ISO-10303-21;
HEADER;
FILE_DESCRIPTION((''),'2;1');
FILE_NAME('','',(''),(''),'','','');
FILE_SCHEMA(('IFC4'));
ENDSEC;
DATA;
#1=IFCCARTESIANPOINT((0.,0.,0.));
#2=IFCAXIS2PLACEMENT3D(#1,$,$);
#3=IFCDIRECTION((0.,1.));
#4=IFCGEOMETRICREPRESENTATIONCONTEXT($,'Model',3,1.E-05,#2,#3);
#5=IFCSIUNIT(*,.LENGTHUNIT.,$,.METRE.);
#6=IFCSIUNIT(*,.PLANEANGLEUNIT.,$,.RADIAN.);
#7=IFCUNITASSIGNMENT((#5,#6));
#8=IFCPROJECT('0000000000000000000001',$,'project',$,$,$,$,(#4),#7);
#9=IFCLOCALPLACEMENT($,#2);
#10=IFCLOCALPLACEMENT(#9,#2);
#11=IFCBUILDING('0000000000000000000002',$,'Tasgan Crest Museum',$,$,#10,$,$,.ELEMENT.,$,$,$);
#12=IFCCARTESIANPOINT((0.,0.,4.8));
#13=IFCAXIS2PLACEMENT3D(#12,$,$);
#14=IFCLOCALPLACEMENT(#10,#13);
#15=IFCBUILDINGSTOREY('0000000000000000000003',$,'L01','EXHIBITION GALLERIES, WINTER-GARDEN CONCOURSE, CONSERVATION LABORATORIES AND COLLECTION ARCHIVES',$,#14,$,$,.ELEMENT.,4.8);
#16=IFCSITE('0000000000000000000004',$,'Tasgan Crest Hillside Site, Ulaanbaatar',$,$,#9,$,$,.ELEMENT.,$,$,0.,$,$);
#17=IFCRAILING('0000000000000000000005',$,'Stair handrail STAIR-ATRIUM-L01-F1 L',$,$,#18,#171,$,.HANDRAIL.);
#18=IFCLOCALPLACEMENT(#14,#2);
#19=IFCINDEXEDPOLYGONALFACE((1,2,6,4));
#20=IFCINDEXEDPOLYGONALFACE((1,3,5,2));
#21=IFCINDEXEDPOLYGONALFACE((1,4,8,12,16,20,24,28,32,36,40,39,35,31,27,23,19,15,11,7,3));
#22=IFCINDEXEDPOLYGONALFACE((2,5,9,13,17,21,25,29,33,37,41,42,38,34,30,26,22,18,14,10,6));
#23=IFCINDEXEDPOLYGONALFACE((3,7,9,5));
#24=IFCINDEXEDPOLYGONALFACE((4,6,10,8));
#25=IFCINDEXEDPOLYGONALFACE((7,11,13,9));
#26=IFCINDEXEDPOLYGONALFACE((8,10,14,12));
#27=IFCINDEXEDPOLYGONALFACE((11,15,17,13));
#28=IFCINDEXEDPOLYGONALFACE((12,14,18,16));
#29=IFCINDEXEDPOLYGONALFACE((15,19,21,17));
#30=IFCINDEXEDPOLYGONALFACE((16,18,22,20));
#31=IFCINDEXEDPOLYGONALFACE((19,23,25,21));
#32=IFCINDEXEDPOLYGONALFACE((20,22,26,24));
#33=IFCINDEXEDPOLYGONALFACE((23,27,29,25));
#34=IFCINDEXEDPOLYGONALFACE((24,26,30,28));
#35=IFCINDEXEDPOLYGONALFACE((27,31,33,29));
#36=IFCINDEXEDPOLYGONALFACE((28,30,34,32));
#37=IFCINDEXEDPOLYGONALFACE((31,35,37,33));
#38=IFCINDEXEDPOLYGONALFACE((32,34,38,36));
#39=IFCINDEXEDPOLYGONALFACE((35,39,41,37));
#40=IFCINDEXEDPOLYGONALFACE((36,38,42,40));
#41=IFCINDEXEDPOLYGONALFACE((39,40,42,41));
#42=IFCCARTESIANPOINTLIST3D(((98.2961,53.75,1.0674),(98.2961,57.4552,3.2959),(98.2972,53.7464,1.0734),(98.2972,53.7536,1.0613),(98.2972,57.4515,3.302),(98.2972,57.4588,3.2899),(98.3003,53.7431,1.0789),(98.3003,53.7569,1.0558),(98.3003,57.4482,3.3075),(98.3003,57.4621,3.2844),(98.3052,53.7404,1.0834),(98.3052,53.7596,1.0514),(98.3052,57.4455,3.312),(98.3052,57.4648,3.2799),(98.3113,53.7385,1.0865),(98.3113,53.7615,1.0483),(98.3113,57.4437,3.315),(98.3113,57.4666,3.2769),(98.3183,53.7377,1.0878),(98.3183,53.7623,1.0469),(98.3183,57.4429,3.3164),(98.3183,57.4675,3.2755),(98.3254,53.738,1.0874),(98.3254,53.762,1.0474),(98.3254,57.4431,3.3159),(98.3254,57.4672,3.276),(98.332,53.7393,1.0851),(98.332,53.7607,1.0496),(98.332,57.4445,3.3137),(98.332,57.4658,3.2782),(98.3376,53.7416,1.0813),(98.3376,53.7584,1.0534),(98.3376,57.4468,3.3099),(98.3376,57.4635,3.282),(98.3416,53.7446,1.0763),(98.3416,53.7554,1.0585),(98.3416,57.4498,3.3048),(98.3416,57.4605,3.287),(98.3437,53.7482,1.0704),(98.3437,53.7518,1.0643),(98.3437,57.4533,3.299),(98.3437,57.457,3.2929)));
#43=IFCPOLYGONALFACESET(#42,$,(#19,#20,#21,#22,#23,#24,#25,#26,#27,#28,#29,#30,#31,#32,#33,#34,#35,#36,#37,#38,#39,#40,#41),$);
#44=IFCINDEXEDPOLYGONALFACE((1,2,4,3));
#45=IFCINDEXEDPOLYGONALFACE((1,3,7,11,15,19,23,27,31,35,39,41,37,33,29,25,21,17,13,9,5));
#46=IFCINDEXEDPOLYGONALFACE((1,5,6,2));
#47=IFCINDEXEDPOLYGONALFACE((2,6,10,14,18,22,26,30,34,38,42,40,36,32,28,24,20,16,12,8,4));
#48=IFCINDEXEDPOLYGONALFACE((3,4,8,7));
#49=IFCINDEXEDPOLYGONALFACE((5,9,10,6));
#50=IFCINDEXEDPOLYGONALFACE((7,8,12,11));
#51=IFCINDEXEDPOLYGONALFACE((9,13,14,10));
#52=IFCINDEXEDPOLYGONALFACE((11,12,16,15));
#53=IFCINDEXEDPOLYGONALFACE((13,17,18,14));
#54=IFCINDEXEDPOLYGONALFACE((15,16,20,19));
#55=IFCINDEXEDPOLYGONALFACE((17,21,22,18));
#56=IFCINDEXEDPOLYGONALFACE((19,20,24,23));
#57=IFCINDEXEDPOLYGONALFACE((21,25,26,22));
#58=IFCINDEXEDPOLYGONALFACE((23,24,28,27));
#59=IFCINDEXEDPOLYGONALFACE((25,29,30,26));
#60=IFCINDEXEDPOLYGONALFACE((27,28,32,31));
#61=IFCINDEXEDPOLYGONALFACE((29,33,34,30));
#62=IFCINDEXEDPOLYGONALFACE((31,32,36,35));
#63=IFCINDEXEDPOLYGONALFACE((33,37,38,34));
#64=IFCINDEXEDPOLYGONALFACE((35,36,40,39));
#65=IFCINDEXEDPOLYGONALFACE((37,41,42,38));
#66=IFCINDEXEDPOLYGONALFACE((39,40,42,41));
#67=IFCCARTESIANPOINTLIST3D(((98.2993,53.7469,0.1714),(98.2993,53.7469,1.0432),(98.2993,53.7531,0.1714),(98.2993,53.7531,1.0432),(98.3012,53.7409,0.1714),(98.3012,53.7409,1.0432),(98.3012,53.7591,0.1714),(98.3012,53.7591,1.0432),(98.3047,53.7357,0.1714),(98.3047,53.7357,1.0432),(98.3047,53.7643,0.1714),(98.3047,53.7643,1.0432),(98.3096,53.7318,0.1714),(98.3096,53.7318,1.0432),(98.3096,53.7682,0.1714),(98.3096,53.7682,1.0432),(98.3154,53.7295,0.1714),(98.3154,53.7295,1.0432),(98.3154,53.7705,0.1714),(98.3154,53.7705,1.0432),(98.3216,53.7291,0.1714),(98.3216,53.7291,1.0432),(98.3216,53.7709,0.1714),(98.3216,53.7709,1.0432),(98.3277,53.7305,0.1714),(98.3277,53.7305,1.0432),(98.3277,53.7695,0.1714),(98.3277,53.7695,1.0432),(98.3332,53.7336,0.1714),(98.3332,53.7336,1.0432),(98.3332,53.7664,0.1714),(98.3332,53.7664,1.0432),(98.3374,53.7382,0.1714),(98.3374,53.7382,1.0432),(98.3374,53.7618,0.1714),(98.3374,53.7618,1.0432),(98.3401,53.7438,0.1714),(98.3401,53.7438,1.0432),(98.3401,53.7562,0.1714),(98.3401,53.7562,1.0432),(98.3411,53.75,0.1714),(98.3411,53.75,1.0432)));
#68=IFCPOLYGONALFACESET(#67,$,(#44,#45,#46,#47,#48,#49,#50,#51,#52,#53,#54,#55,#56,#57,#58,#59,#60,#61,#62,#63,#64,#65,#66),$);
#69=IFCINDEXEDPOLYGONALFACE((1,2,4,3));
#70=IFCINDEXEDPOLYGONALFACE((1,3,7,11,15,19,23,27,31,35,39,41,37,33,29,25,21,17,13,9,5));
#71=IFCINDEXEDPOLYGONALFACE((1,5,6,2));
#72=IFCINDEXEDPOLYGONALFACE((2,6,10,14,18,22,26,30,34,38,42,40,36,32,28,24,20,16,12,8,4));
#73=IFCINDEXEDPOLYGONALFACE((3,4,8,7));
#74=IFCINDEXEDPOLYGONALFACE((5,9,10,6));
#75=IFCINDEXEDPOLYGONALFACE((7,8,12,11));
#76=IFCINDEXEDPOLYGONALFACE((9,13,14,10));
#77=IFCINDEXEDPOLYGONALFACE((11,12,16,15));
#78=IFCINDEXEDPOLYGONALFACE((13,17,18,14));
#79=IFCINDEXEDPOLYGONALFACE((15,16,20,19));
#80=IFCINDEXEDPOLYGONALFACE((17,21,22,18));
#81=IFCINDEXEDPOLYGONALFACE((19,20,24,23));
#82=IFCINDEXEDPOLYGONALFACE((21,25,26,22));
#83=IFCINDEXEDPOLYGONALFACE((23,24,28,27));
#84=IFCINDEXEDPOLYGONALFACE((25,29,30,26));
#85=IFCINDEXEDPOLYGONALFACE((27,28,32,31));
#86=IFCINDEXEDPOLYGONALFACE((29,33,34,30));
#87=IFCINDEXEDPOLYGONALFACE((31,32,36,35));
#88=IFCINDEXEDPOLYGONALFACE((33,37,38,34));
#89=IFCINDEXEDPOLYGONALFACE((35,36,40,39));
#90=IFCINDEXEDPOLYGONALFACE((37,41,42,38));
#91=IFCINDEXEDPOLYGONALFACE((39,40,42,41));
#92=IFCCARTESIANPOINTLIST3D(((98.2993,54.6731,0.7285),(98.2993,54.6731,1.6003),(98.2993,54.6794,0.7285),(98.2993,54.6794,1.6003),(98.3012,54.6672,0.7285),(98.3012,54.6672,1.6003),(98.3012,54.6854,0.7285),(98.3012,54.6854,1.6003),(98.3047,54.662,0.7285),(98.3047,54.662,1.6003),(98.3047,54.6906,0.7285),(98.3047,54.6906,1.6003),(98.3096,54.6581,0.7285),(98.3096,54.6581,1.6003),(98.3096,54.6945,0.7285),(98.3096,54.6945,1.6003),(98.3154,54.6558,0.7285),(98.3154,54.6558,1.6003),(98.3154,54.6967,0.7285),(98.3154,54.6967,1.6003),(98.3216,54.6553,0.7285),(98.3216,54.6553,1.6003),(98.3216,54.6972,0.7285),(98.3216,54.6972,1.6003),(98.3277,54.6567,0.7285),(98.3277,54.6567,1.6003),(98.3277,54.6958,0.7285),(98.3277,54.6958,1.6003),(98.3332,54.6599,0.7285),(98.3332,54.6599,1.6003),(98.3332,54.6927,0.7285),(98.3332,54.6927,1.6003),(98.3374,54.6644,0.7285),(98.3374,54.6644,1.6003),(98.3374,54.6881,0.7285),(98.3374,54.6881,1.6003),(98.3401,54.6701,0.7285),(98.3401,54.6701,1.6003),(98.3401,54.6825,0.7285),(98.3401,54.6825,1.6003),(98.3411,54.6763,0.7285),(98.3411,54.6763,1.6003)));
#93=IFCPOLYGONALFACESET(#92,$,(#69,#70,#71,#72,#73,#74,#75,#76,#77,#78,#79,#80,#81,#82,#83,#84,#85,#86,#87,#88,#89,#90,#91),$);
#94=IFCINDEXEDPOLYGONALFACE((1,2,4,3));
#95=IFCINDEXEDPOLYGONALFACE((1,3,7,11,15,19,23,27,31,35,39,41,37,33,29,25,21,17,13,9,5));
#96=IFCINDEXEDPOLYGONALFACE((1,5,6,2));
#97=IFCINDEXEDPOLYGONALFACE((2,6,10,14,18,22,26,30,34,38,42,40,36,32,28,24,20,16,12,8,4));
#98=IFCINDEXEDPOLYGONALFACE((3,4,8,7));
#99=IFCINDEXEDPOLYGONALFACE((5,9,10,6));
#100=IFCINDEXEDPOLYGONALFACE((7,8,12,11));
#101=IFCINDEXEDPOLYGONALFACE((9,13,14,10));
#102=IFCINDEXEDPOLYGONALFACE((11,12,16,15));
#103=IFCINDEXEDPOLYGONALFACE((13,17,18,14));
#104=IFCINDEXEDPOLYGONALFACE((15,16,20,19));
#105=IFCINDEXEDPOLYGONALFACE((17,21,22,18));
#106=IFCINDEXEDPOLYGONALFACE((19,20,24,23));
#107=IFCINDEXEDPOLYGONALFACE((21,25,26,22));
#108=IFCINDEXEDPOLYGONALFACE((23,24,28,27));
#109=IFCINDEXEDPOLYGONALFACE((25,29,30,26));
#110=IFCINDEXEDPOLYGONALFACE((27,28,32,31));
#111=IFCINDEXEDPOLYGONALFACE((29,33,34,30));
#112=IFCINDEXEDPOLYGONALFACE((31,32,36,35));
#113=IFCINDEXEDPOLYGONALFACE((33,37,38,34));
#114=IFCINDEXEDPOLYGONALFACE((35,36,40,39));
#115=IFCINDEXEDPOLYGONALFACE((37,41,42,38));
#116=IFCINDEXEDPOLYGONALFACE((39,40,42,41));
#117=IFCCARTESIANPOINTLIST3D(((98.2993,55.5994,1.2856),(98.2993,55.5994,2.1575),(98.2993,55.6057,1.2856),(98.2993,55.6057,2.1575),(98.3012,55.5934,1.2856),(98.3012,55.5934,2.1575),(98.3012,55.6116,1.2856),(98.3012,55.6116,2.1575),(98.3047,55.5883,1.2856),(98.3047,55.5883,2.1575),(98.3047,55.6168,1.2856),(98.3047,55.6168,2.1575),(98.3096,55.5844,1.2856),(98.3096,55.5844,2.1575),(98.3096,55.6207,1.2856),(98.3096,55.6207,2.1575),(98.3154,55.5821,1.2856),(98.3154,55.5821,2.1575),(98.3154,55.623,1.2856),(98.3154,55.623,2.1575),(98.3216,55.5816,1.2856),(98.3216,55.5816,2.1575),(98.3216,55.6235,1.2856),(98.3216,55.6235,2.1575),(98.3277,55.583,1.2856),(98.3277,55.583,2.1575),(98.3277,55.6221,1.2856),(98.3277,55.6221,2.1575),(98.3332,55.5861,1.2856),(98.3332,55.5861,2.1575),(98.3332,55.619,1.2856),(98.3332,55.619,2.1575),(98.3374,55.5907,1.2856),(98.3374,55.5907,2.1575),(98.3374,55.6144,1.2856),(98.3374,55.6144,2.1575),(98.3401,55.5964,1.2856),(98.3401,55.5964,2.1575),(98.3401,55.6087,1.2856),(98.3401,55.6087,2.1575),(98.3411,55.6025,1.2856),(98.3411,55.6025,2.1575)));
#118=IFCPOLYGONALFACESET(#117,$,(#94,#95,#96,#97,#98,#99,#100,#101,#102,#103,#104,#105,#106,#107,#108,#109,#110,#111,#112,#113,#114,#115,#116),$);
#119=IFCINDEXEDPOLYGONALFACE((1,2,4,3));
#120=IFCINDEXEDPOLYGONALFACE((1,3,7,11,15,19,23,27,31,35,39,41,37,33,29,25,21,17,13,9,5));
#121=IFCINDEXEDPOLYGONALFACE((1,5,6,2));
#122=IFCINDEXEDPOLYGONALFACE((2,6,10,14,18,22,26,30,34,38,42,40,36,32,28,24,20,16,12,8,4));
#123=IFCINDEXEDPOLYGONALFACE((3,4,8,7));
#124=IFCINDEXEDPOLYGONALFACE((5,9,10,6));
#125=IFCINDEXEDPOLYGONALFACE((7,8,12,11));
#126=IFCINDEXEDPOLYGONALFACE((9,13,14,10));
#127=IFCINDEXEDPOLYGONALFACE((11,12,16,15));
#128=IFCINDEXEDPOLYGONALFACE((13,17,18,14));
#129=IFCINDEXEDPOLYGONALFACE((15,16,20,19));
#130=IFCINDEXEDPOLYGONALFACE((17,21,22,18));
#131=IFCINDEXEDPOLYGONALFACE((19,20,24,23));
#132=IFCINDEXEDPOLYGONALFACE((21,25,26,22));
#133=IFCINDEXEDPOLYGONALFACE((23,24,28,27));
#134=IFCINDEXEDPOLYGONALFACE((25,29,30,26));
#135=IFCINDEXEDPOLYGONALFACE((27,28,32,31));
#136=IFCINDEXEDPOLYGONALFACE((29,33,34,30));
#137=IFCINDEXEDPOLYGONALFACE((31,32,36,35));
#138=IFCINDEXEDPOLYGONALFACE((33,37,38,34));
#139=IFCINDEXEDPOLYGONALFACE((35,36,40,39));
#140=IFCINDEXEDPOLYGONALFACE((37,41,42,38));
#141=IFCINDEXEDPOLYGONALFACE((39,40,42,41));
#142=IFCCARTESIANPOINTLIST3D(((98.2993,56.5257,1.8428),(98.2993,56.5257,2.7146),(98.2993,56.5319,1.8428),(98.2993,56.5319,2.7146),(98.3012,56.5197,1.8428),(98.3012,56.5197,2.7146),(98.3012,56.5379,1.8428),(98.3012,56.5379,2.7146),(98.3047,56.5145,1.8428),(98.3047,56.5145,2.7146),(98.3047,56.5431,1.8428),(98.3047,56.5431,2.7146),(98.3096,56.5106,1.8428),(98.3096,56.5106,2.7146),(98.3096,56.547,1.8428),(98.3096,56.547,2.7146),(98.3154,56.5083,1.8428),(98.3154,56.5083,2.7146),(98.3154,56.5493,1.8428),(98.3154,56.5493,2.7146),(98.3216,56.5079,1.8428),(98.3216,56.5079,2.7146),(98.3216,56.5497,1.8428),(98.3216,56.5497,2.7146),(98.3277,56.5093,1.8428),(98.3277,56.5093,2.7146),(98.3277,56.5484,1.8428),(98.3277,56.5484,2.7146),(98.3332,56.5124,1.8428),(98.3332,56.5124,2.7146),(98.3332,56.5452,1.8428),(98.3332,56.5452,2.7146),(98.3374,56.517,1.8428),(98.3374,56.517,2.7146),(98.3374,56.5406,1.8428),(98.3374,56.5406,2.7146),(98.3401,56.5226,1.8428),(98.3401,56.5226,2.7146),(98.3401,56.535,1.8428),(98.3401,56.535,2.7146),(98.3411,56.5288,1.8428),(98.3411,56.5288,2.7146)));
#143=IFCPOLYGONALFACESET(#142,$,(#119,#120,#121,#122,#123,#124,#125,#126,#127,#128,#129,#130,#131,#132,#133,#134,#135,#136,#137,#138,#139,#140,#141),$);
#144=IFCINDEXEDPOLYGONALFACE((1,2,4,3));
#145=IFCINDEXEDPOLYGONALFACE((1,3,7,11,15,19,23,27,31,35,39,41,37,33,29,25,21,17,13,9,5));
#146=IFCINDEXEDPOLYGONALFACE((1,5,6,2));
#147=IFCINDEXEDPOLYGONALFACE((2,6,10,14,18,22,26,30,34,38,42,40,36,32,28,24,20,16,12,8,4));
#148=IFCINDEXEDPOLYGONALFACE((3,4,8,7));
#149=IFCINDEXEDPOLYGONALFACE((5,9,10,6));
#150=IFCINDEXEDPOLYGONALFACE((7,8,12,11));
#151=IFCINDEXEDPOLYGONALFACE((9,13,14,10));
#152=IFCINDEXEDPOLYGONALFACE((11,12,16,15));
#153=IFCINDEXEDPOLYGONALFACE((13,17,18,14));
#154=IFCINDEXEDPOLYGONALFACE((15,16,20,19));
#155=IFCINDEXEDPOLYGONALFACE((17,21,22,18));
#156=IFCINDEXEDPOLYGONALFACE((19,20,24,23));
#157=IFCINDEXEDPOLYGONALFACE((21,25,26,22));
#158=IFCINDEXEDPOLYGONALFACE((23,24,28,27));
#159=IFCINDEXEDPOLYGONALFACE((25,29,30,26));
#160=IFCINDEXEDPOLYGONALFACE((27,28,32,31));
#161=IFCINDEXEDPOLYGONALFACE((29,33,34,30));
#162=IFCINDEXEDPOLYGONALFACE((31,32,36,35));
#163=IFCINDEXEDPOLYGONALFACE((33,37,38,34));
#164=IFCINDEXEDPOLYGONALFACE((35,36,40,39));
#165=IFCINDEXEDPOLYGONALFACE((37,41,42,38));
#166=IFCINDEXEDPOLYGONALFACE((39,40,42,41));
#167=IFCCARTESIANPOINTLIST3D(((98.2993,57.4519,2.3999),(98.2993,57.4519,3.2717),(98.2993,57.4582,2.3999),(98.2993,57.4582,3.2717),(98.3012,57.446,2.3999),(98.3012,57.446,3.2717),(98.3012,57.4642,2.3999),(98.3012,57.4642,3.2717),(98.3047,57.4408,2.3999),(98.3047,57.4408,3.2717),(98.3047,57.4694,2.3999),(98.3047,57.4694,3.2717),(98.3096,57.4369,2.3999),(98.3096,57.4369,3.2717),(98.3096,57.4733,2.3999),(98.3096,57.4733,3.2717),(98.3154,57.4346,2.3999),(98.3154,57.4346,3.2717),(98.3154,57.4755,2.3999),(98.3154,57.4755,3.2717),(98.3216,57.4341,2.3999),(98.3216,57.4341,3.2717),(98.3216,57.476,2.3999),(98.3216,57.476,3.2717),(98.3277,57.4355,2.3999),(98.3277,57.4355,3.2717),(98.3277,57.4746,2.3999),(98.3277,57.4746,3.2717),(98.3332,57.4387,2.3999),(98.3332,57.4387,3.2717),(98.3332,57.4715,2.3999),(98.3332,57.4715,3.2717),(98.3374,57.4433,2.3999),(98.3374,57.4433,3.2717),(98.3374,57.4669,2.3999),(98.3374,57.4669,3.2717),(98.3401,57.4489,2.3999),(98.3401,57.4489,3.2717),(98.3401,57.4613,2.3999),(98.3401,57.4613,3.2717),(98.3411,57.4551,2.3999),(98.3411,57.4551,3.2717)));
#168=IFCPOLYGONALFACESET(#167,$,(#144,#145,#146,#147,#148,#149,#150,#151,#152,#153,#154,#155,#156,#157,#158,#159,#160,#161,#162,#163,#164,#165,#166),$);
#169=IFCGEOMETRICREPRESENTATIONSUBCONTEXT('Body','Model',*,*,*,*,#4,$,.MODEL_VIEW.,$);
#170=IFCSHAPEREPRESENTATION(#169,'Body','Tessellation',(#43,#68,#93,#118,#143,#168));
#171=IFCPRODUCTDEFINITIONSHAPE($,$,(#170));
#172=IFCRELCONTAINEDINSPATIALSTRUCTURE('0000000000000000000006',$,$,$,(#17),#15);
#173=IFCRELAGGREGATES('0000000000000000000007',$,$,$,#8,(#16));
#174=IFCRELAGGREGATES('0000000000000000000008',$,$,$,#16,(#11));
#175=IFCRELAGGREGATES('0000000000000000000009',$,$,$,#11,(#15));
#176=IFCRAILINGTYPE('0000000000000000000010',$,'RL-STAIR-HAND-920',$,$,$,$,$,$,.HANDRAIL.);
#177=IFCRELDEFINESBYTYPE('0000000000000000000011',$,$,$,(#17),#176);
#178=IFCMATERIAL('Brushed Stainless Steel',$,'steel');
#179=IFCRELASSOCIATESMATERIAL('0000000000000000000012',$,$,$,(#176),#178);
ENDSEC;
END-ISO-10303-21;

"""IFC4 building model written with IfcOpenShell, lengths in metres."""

from ifc_helpers import new_model, si_unit, direction, frame, origin, origin_2d, place, context, subcontext, project, spatial, circle, extrude, material, type_object, element, save


model = new_model("IFC4")

# Units and contexts
model_context = context("Model", 3, precision=1e-05, world=origin(), true_north=direction((0.0, 1.0)))
body_context = subcontext(model_context, "Body", "Model", "MODEL_VIEW")
ifc_project = project(units=[si_unit("LENGTHUNIT", "METRE"), si_unit("PLANEANGLEUNIT", "RADIAN")], contexts=[model_context])

# Site, building, storey
site_placement = place(None, origin())
site = spatial("IfcSite", under=ifc_project, at=site_placement, Name="Tasgan Crest Hillside Site, Ulaanbaatar", CompositionType="ELEMENT", RefElevation=0.0)
building_placement = place(site_placement, origin())
building = spatial("IfcBuilding", under=site, at=building_placement, Name="Tasgan Crest Museum", CompositionType="ELEMENT")
storey_placement = place(building_placement, frame((0.0, 0.0, 4.8)))
storey = spatial("IfcBuildingStorey", under=building, at=storey_placement, Name="L01", Description="EXHIBITION GALLERIES, WINTER-GARDEN CONCOURSE, CONSERVATION LABORATORIES AND COLLECTION ARCHIVES", CompositionType="ELEMENT", Elevation=4.8)

# Railing
ifc_material_1 = material(Name="Brushed Stainless Steel", Category="steel")
railing_type_1 = type_object("IfcRailingType", Name="RL-STAIR-HAND-920", PredefinedType="HANDRAIL", material=ifc_material_1)
for number, where, name in (
    (1, (98.3201, 53.75, 0.1714), "Stair handrail STAIR-ATRIUM-L01-F1 L"),
):
    element("IfcRailing", number, at=place(storey_placement, frame(where)), inside=storey, type_object=railing_type_1, Name=name, PredefinedType="HANDRAIL", context=body_context, shape_type="SweptSolid", body=[
        extrude(circle(Radius=0.0239, at=origin_2d()), frame((0.0, 0.0, 0.896), z_axis=(0.0, 0.856934, 0.515425), x_axis=(-1.0, 0.0, 0.0)), (0.0, 0.0, 1.0), 4.3237),
        extrude(circle(Radius=0.021, at=origin_2d()), origin(), (0.0, 0.0, 1.0), 0.8718),
        extrude(circle(Radius=0.021, at=origin_2d()), frame((0.0, 0.9263, 0.5571)), (0.0, 0.0, 1.0), 0.8718),
        extrude(circle(Radius=0.021, at=origin_2d()), frame((0.0, 1.8525, 1.1143)), (0.0, 0.0, 1.0), 0.8718),
        extrude(circle(Radius=0.021, at=origin_2d()), frame((0.0, 2.7788, 1.6714)), (0.0, 0.0, 1.0), 0.8718),
        extrude(circle(Radius=0.021, at=origin_2d()), frame((0.0, 3.7051, 2.2285)), (0.0, 0.0, 1.0), 0.8718),
    ])

save(model, "model.ifc")
